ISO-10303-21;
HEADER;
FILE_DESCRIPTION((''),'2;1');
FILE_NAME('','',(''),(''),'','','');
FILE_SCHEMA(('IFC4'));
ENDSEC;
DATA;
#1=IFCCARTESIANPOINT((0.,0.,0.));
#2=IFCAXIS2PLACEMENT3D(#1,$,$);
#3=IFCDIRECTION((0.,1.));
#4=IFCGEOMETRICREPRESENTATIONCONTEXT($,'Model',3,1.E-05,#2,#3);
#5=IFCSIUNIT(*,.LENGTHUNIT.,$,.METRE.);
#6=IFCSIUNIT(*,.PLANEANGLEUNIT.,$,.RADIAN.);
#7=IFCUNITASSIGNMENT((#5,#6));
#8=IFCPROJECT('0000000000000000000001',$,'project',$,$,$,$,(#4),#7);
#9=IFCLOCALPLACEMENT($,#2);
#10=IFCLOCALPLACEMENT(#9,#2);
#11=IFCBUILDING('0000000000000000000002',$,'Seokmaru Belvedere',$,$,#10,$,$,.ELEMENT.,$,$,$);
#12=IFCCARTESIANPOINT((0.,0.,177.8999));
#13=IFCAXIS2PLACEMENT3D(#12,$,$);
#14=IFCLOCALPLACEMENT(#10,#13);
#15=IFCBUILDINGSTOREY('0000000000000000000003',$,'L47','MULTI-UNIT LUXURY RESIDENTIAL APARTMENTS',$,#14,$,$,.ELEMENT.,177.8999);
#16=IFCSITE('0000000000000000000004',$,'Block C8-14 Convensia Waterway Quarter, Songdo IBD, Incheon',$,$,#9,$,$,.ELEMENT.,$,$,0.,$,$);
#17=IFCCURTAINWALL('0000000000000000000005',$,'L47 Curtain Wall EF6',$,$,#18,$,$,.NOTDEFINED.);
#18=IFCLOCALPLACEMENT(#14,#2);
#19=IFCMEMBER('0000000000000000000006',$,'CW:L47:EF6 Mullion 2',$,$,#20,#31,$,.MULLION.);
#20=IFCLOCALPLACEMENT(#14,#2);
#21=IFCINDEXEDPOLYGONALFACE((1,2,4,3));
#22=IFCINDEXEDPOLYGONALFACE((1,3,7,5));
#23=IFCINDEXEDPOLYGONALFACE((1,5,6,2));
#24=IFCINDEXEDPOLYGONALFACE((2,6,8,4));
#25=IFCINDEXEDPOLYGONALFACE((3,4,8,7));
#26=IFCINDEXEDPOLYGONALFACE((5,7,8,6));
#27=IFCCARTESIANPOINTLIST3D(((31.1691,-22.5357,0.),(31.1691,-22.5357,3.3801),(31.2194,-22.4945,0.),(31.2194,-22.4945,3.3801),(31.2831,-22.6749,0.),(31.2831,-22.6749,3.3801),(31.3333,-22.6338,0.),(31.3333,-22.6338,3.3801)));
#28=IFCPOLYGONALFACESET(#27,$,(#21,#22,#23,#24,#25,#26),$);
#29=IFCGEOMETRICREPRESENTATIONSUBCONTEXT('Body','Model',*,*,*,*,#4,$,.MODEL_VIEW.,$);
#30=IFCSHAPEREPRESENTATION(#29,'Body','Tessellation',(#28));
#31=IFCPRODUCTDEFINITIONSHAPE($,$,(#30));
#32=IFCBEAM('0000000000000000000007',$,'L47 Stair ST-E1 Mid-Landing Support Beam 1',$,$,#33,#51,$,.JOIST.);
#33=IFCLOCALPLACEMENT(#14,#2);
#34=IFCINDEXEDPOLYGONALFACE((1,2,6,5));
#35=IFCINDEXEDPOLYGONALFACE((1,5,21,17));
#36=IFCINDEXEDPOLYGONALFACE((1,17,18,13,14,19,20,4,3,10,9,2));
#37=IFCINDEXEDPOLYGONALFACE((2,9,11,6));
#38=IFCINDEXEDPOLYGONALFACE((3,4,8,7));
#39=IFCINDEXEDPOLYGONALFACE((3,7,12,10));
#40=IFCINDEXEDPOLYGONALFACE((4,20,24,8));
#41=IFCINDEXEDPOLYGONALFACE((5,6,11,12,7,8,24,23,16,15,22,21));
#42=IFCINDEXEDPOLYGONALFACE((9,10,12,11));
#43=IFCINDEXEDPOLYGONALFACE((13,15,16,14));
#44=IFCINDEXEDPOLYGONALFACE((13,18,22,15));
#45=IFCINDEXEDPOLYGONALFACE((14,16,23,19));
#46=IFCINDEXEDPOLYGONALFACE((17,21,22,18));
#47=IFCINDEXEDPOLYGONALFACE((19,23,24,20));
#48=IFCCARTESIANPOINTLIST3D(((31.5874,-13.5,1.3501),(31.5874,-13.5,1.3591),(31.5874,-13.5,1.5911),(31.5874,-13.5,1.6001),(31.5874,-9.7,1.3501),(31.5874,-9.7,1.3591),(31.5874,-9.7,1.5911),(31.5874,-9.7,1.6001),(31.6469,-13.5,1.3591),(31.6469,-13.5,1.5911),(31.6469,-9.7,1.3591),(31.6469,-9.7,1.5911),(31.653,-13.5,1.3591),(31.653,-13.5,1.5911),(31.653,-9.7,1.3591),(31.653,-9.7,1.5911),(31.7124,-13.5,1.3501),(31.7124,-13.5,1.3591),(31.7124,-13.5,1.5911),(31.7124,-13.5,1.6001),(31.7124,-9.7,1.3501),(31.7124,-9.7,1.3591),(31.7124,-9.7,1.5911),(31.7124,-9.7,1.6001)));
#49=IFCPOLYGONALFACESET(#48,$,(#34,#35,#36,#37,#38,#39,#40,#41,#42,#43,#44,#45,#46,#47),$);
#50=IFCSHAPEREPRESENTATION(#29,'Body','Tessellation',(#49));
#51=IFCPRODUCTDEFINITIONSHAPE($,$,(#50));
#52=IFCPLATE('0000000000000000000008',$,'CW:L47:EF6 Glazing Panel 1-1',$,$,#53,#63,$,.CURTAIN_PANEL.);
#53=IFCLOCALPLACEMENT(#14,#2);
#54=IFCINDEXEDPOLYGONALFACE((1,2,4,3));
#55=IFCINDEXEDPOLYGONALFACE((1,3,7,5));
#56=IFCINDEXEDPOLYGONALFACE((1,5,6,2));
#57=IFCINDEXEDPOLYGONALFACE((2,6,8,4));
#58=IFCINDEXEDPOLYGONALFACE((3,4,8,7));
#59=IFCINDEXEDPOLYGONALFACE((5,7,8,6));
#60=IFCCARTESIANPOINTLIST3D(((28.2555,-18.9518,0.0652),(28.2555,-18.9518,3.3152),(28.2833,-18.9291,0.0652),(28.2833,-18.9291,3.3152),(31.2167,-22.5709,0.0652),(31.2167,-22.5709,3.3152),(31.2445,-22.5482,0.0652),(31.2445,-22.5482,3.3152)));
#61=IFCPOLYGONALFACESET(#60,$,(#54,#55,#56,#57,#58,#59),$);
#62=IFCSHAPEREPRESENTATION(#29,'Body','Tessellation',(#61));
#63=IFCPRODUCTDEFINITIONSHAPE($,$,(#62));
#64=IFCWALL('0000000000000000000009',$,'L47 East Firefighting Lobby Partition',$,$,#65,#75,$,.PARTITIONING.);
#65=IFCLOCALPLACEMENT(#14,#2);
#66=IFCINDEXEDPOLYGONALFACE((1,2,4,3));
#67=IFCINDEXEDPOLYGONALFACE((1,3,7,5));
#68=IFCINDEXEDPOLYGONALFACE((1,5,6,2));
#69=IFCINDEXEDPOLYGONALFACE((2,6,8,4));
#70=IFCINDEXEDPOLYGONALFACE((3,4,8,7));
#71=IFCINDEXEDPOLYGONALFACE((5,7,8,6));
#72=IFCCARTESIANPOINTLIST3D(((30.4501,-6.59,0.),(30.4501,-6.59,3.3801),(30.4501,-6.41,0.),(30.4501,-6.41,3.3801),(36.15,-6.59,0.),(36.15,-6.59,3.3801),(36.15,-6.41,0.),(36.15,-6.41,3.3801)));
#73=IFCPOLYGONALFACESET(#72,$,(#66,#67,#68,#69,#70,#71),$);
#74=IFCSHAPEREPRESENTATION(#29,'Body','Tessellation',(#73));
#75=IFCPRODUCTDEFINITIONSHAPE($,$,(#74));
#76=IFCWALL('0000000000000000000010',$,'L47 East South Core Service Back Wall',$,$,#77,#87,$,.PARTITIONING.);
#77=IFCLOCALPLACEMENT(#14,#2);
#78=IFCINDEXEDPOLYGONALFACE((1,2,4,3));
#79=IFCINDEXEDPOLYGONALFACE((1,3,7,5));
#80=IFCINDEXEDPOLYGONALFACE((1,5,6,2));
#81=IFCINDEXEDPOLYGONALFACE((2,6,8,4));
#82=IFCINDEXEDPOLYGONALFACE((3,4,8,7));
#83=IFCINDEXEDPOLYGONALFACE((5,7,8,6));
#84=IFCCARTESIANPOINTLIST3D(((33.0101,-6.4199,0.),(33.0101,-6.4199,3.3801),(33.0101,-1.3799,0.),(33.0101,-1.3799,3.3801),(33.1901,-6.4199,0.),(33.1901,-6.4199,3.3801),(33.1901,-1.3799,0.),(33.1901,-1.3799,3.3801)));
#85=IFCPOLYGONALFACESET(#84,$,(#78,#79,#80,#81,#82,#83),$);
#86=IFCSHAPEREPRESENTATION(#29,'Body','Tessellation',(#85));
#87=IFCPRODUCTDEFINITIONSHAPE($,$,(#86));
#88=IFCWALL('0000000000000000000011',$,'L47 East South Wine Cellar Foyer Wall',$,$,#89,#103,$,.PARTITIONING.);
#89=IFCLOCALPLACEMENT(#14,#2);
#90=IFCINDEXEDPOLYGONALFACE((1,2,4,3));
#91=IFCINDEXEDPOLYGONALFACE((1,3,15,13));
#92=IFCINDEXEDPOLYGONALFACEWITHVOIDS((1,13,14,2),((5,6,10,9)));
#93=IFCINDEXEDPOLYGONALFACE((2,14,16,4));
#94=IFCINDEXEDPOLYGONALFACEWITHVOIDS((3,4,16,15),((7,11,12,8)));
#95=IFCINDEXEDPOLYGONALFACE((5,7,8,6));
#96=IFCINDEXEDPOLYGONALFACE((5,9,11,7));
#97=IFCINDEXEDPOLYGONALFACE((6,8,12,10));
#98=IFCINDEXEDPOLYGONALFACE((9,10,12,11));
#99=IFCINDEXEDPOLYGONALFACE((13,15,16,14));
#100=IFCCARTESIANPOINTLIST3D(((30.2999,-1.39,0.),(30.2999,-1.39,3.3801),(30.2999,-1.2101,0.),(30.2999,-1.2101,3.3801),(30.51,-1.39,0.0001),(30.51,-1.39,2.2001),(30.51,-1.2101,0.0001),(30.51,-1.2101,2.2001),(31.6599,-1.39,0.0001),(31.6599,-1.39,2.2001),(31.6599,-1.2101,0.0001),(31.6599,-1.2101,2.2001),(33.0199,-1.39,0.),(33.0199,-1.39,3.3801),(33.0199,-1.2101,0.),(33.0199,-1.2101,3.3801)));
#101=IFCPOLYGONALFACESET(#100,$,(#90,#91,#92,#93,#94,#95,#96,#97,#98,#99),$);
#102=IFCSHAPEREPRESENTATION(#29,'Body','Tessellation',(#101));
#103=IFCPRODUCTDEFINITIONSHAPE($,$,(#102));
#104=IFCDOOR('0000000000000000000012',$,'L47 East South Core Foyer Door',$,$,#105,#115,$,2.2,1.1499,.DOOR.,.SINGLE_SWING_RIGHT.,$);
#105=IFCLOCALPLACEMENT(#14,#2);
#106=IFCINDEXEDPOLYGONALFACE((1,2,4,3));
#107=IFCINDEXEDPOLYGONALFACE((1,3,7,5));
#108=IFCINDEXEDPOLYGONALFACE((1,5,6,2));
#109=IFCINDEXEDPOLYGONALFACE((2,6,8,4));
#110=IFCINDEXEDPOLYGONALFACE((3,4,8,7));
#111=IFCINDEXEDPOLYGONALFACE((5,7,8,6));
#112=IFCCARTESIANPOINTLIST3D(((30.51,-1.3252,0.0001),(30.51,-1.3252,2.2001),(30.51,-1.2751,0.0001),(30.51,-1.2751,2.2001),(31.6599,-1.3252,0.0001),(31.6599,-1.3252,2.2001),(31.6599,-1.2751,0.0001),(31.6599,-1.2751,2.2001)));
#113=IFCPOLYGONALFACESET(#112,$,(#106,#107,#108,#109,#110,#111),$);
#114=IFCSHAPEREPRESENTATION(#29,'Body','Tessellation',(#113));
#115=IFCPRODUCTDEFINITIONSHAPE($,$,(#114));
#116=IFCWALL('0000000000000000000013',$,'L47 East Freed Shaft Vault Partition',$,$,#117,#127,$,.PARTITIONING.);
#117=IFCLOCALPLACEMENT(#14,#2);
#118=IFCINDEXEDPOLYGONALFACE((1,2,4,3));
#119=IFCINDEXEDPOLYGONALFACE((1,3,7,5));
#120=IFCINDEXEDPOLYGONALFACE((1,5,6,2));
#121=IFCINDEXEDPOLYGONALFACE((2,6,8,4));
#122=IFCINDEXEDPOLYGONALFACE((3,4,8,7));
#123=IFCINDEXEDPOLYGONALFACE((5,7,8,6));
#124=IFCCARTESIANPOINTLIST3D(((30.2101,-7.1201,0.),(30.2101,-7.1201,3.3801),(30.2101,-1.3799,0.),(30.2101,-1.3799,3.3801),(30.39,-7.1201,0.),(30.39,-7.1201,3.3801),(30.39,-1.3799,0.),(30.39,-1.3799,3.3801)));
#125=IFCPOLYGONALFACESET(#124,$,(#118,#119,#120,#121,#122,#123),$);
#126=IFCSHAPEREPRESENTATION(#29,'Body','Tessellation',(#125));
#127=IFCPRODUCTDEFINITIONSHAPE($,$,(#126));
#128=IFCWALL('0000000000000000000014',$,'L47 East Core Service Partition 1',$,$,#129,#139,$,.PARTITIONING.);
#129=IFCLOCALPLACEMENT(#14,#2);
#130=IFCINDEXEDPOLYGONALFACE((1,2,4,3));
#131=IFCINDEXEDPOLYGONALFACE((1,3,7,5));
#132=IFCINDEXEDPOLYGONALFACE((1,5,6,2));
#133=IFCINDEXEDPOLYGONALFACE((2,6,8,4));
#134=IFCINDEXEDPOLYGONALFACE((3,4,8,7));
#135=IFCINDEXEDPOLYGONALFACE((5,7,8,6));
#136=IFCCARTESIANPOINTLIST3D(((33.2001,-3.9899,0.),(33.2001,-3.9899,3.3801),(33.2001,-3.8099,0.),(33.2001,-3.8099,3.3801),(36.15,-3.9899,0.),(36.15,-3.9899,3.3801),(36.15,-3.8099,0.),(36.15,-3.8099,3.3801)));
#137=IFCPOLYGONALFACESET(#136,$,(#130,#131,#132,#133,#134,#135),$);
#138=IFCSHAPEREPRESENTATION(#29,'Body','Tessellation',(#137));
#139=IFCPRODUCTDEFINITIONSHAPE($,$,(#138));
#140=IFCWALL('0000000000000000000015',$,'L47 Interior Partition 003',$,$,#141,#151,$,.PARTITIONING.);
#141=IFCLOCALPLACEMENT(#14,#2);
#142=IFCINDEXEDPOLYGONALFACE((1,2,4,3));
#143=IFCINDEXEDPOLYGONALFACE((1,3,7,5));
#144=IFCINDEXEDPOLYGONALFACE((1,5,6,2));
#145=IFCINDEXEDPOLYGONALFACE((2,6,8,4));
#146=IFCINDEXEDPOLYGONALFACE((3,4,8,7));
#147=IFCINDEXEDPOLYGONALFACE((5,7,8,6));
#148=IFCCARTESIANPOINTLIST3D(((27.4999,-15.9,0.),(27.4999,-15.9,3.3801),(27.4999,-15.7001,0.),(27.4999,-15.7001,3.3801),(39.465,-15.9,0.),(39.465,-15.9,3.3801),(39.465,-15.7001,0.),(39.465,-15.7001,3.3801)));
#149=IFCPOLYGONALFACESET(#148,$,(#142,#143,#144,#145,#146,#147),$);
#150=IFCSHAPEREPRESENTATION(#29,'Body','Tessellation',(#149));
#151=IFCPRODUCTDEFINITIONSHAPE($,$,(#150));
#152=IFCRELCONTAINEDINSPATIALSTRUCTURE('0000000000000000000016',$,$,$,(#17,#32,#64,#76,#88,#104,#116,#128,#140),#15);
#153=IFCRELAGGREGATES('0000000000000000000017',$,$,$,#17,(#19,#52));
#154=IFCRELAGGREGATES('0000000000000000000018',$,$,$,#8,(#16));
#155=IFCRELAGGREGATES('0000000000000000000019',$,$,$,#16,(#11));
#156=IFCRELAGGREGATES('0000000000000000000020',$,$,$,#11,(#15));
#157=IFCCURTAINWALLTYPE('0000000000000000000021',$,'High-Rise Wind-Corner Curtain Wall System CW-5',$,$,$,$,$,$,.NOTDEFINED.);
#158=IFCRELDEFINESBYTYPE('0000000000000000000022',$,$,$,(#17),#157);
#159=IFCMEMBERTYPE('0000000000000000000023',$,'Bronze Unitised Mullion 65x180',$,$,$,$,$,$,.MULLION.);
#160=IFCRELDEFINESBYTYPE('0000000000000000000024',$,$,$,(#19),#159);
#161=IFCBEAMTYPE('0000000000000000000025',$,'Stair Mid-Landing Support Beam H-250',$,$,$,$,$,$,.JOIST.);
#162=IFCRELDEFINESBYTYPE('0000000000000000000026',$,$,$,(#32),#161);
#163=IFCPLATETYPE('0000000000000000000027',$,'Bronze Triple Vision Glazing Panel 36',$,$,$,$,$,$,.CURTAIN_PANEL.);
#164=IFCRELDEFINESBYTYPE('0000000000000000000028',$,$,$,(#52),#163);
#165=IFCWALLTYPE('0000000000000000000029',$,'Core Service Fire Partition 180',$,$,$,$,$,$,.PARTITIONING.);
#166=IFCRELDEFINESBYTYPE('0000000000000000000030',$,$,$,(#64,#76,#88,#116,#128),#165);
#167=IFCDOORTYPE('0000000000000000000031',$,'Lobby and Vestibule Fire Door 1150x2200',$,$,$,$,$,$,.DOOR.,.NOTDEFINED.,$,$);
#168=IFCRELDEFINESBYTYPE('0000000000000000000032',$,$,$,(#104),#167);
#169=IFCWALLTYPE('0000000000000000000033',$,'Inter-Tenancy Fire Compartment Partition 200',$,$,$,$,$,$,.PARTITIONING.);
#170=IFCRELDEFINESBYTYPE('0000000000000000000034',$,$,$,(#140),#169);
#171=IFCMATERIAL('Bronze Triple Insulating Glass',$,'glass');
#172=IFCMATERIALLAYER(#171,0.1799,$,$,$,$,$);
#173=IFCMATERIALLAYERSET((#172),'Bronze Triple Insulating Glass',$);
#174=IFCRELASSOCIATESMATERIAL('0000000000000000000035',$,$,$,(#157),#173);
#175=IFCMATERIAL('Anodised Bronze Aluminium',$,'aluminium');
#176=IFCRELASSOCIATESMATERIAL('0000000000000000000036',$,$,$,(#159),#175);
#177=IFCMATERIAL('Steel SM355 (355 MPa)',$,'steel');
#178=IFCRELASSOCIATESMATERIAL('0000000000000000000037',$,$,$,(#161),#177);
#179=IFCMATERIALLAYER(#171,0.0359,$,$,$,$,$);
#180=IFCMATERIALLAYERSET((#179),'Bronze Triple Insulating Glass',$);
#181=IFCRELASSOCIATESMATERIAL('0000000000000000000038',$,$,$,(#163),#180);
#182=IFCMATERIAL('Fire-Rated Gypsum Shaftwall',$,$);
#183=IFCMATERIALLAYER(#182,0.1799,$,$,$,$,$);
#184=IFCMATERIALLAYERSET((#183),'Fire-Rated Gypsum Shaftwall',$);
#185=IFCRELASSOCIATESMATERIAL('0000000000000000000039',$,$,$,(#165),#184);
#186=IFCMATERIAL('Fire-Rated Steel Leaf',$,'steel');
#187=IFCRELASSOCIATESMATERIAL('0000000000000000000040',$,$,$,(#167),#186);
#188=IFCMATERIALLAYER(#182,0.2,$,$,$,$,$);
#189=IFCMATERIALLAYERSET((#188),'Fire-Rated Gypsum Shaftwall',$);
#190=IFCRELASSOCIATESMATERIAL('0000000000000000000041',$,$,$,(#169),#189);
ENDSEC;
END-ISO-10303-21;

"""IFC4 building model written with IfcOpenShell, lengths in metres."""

from ifc_helpers import new_model, si_unit, direction, frame, frame_2d, origin, origin_2d, place, context, subcontext, project, spatial, rectangle, i_section, extrude, source, transform, mapped, material, layer, layer_set, material_profile, profile_set, type_object, type_shapes, element, fill, aggregate, save


model = new_model("IFC4")

# Units and contexts
model_context = context("Model", 3, precision=1e-05, world=origin(), true_north=direction((0.0, 1.0)))
body_context = subcontext(model_context, "Body", "Model", "MODEL_VIEW")
ifc_project = project(units=[si_unit("LENGTHUNIT", "METRE"), si_unit("PLANEANGLEUNIT", "RADIAN")], contexts=[model_context])

# Site, building, storey
site_placement = place(None, origin())
site = spatial("IfcSite", under=ifc_project, at=site_placement, Name="Block C8-14 Convensia Waterway Quarter, Songdo IBD, Incheon", CompositionType="ELEMENT", RefElevation=0.0)
building_placement = place(site_placement, origin())
building = spatial("IfcBuilding", under=site, at=building_placement, Name="Seokmaru Belvedere", CompositionType="ELEMENT")
storey_placement = place(building_placement, frame((0.0, 0.0, 177.8999)))
storey = spatial("IfcBuildingStorey", under=building, at=storey_placement, Name="L47", Description="MULTI-UNIT LUXURY RESIDENTIAL APARTMENTS", CompositionType="ELEMENT", Elevation=177.8999)

# Shared definitions
ifc_material_1 = material(Name="Steel SM355 (355 MPa)", Category="steel")

# Curtain wall
ifc_material_2 = material(Name="Bronze Triple Insulating Glass", Category="glass")
ifc_layer_1 = layer(ifc_material_2, 0.1799)
ifc_layer_set_1 = layer_set([ifc_layer_1], Name="Bronze Triple Insulating Glass")
curtain_wall_type = type_object("IfcCurtainWallType", Name="High-Rise Wind-Corner Curtain Wall System CW-5", PredefinedType="NOTDEFINED", material=ifc_layer_set_1)
curtain_wall_1_placement = place(storey_placement, origin())
curtain_wall_1 = element("IfcCurtainWall", 1, at=curtain_wall_1_placement, inside=storey, type_object=curtain_wall_type, Name="L47 Curtain Wall EF6", PredefinedType="NOTDEFINED")
ifc_material_3 = material(Name="Anodised Bronze Aluminium", Category="aluminium")
ifc_material_profile_1 = material_profile(ifc_material_3, rectangle(XDim=0.0649, YDim=0.1799, at=origin_2d()), Name="CW-M-65x180")
ifc_profile_set_1 = profile_set([ifc_material_profile_1], Name="Anodised Bronze Aluminium")
member_type_1 = type_object("IfcMemberType", Name="Bronze Unitised Mullion 65x180", PredefinedType="MULLION", material=ifc_profile_set_1)
shared_shape_1 = source(origin(), body_context, "Body", "SweptSolid", [
    extrude(rectangle(XDim=0.0649, YDim=0.1799, at=origin_2d()), origin(), (0.0, 0.0, 1.0), 3.3801),
])
type_shapes(member_type_1, [shared_shape_1])

# Member
member_1_placement = place(storey_placement, frame((31.2512, -22.5847, 0.0), z_axis=(0.0, 0.0, 1.0), x_axis=(0.773944, 0.633254, 0.0)))
member_1 = element("IfcMember", 2, at=member_1_placement, type_object=member_type_1, Name="CW:L47:EF6 Mullion 2", PredefinedType="MULLION", context=body_context, shape_type="MappedRepresentation", body=[
    mapped(shared_shape_1, transform((0.0, 0.0, 0.0), scale=1.0)),
])

# Beam
ifc_material_profile_2 = material_profile(ifc_material_1, i_section(OverallWidth=0.125, OverallDepth=0.25, WebThickness=0.0061, FlangeThickness=0.009, at=origin_2d()), Name="H-250x125x6x9")
ifc_profile_set_2 = profile_set([ifc_material_profile_2], Name="Steel SM355 (355 MPa)")
beam_type_1 = type_object("IfcBeamType", Name="Stair Mid-Landing Support Beam H-250", PredefinedType="JOIST", material=ifc_profile_set_2)
shared_shape_2 = source(origin(), body_context, "Body", "SweptSolid", [
    extrude(i_section(OverallWidth=0.125, OverallDepth=0.25, WebThickness=0.0061, FlangeThickness=0.009, at=origin_2d()), origin(), (0.0, 0.0, 1.0), 3.8),
])
type_shapes(beam_type_1, [shared_shape_2])
beam_1_placement = place(storey_placement, frame((31.6499, -13.5, 1.4751), z_axis=(0.0, 1.0, 0.0), x_axis=(-1.0, 0.0, 0.0)))
element("IfcBeam", 3, at=beam_1_placement, inside=storey, type_object=beam_type_1, Name="L47 Stair ST-E1 Mid-Landing Support Beam 1", PredefinedType="JOIST", context=body_context, shape_type="MappedRepresentation", body=[
    mapped(shared_shape_2, transform((0.0, 0.0, 0.0), scale=1.0)),
])

# Plate
ifc_layer_2 = layer(ifc_material_2, 0.0359)
ifc_layer_set_2 = layer_set([ifc_layer_2], Name="Bronze Triple Insulating Glass")
plate_type = type_object("IfcPlateType", Name="Bronze Triple Vision Glazing Panel 36", PredefinedType="CURTAIN_PANEL", material=ifc_layer_set_2)
shared_shape_3 = source(origin(), body_context, "Body", "SweptSolid", [
    extrude(rectangle(XDim=4.6763, YDim=0.0359, at=origin_2d()), origin(), (0.0, 0.0, 1.0), 3.25),
])
type_shapes(plate_type, [shared_shape_3])
plate_placement = place(storey_placement, frame((29.75, -20.75, 0.0652), z_axis=(0.0, 0.0, 1.0), x_axis=(0.633254, -0.773944, 0.0)))
plate = element("IfcPlate", 4, at=plate_placement, type_object=plate_type, Name="CW:L47:EF6 Glazing Panel 1-1", PredefinedType="CURTAIN_PANEL", context=body_context, shape_type="MappedRepresentation", body=[
    mapped(shared_shape_3, transform((0.0, 0.0, 0.0), scale=1.0)),
])
aggregate(curtain_wall_1, [member_1, plate])

# Walls
ifc_material_4 = material(Name="Fire-Rated Gypsum Shaftwall")
ifc_layer_3 = layer(ifc_material_4, 0.1799)
ifc_layer_set_3 = layer_set([ifc_layer_3], Name="Fire-Rated Gypsum Shaftwall")
wall_type_1 = type_object("IfcWallType", Name="Core Service Fire Partition 180", PredefinedType="PARTITIONING", material=ifc_layer_set_3)
wall_1_placement = place(storey_placement, frame((30.45, -6.5, 0.0), z_axis=(0.0, 0.0, 1.0), x_axis=(1.0, 0.0, 0.0)))
element("IfcWall", 5, at=wall_1_placement, inside=storey, type_object=wall_type_1, Name="L47 East Firefighting Lobby Partition", PredefinedType="PARTITIONING", context=body_context, shape_type="SweptSolid", body=[
    extrude(rectangle(XDim=5.7, YDim=0.1799, at=frame_2d((2.8501, 0.0))), origin(), (0.0, 0.0, 1.0), 3.3801),
])
wall_2_placement = place(storey_placement, frame((33.1001, -6.4199, 0.0), z_axis=(0.0, 0.0, 1.0), x_axis=(0.0, 1.0, 0.0)))
element("IfcWall", 6, at=wall_2_placement, inside=storey, type_object=wall_type_1, Name="L47 East South Core Service Back Wall", PredefinedType="PARTITIONING", context=body_context, shape_type="SweptSolid", body=[
    extrude(rectangle(XDim=5.04, YDim=0.1799, at=frame_2d((2.52, 0.0))), origin(), (0.0, 0.0, 1.0), 3.3801),
])

# Wall, opening, door
ifc_material_5 = material(Name="Fire-Rated Steel Leaf", Category="steel")
wall_3_placement = place(storey_placement, frame((30.3, -1.3, 0.0), z_axis=(0.0, 0.0, 1.0), x_axis=(1.0, 0.0, 0.0)))
wall_3 = element("IfcWall", 7, at=wall_3_placement, inside=storey, type_object=wall_type_1, Name="L47 East South Wine Cellar Foyer Wall", PredefinedType="PARTITIONING", context=body_context, shape_type="SweptSolid", body=[
    extrude(rectangle(XDim=2.72, YDim=0.1799, at=frame_2d((1.3599, 0.0))), origin(), (0.0, 0.0, 1.0), 3.3801),
])
opening_1_placement = place(wall_3_placement, frame((0.21, 0.0, 0.0)))
opening_1 = element("IfcOpeningElement", 8, at=opening_1_placement, cuts=wall_3, PredefinedType="OPENING", context=body_context, shape_type="SweptSolid", body=[
    extrude(rectangle(XDim=1.1499, YDim=2.2, at=frame_2d((0.575, 1.1001))), frame((0.0, 0.1001, 0.0), z_axis=(0.0, -1.0, 0.0), x_axis=(1.0, 0.0, 0.0)), (0.0, 0.0, 1.0), 0.2),
])
door_type_1 = type_object("IfcDoorType", Name="Lobby and Vestibule Fire Door 1150x2200", OperationType="NOTDEFINED", PredefinedType="DOOR", material=ifc_material_5)
shared_shape_4 = source(origin(), body_context, "Body", "SweptSolid", [
    extrude(rectangle(XDim=1.1499, YDim=2.2, at=frame_2d((0.575, 1.1001))), frame((0.0, 0.0249, 0.0), z_axis=(0.0, -1.0, 0.0), x_axis=(1.0, 0.0, 0.0)), (0.0, 0.0, 1.0), 0.05),
])
type_shapes(door_type_1, [shared_shape_4])
door_1_placement = place(opening_1_placement, origin())
door_1 = element("IfcDoor", 9, at=door_1_placement, inside=storey, type_object=door_type_1, Name="L47 East South Core Foyer Door", OperationType="SINGLE_SWING_RIGHT", OverallHeight=2.2, OverallWidth=1.1499, PredefinedType="DOOR", context=body_context, shape_type="MappedRepresentation", body=[
    mapped(shared_shape_4, transform((0.0, 0.0, 0.0), scale=1.0)),
])
fill(opening_1, door_1)

# Walls
wall_4_placement = place(storey_placement, frame((30.3, -7.1201, 0.0), z_axis=(0.0, 0.0, 1.0), x_axis=(0.0, 1.0, 0.0)))
element("IfcWall", 10, at=wall_4_placement, inside=storey, type_object=wall_type_1, Name="L47 East Freed Shaft Vault Partition", PredefinedType="PARTITIONING", context=body_context, shape_type="SweptSolid", body=[
    extrude(rectangle(XDim=5.7402, YDim=0.1799, at=frame_2d((2.8701, 0.0))), origin(), (0.0, 0.0, 1.0), 3.3801),
])
wall_5_placement = place(storey_placement, frame((33.2, -3.8999, 0.0), z_axis=(0.0, 0.0, 1.0), x_axis=(1.0, 0.0, 0.0)))
element("IfcWall", 11, at=wall_5_placement, inside=storey, type_object=wall_type_1, Name="L47 East Core Service Partition 1", PredefinedType="PARTITIONING", context=body_context, shape_type="SweptSolid", body=[
    extrude(rectangle(XDim=2.95, YDim=0.1799, at=frame_2d((1.4751, 0.0))), origin(), (0.0, 0.0, 1.0), 3.3801),
])
ifc_layer_4 = layer(ifc_material_4, 0.2)
ifc_layer_set_4 = layer_set([ifc_layer_4], Name="Fire-Rated Gypsum Shaftwall")
wall_type_2 = type_object("IfcWallType", Name="Inter-Tenancy Fire Compartment Partition 200", PredefinedType="PARTITIONING", material=ifc_layer_set_4)
wall_6_placement = place(storey_placement, frame((27.5, -15.8, 0.0), z_axis=(0.0, 0.0, 1.0), x_axis=(1.0, 0.0, 0.0)))
element("IfcWall", 12, at=wall_6_placement, inside=storey, type_object=wall_type_2, Name="L47 Interior Partition 003", PredefinedType="PARTITIONING", context=body_context, shape_type="SweptSolid", body=[
    extrude(rectangle(XDim=11.9651, YDim=0.2, at=frame_2d((5.9824, 0.0))), origin(), (0.0, 0.0, 1.0), 3.3801),
])

save(model, "model.ifc")
